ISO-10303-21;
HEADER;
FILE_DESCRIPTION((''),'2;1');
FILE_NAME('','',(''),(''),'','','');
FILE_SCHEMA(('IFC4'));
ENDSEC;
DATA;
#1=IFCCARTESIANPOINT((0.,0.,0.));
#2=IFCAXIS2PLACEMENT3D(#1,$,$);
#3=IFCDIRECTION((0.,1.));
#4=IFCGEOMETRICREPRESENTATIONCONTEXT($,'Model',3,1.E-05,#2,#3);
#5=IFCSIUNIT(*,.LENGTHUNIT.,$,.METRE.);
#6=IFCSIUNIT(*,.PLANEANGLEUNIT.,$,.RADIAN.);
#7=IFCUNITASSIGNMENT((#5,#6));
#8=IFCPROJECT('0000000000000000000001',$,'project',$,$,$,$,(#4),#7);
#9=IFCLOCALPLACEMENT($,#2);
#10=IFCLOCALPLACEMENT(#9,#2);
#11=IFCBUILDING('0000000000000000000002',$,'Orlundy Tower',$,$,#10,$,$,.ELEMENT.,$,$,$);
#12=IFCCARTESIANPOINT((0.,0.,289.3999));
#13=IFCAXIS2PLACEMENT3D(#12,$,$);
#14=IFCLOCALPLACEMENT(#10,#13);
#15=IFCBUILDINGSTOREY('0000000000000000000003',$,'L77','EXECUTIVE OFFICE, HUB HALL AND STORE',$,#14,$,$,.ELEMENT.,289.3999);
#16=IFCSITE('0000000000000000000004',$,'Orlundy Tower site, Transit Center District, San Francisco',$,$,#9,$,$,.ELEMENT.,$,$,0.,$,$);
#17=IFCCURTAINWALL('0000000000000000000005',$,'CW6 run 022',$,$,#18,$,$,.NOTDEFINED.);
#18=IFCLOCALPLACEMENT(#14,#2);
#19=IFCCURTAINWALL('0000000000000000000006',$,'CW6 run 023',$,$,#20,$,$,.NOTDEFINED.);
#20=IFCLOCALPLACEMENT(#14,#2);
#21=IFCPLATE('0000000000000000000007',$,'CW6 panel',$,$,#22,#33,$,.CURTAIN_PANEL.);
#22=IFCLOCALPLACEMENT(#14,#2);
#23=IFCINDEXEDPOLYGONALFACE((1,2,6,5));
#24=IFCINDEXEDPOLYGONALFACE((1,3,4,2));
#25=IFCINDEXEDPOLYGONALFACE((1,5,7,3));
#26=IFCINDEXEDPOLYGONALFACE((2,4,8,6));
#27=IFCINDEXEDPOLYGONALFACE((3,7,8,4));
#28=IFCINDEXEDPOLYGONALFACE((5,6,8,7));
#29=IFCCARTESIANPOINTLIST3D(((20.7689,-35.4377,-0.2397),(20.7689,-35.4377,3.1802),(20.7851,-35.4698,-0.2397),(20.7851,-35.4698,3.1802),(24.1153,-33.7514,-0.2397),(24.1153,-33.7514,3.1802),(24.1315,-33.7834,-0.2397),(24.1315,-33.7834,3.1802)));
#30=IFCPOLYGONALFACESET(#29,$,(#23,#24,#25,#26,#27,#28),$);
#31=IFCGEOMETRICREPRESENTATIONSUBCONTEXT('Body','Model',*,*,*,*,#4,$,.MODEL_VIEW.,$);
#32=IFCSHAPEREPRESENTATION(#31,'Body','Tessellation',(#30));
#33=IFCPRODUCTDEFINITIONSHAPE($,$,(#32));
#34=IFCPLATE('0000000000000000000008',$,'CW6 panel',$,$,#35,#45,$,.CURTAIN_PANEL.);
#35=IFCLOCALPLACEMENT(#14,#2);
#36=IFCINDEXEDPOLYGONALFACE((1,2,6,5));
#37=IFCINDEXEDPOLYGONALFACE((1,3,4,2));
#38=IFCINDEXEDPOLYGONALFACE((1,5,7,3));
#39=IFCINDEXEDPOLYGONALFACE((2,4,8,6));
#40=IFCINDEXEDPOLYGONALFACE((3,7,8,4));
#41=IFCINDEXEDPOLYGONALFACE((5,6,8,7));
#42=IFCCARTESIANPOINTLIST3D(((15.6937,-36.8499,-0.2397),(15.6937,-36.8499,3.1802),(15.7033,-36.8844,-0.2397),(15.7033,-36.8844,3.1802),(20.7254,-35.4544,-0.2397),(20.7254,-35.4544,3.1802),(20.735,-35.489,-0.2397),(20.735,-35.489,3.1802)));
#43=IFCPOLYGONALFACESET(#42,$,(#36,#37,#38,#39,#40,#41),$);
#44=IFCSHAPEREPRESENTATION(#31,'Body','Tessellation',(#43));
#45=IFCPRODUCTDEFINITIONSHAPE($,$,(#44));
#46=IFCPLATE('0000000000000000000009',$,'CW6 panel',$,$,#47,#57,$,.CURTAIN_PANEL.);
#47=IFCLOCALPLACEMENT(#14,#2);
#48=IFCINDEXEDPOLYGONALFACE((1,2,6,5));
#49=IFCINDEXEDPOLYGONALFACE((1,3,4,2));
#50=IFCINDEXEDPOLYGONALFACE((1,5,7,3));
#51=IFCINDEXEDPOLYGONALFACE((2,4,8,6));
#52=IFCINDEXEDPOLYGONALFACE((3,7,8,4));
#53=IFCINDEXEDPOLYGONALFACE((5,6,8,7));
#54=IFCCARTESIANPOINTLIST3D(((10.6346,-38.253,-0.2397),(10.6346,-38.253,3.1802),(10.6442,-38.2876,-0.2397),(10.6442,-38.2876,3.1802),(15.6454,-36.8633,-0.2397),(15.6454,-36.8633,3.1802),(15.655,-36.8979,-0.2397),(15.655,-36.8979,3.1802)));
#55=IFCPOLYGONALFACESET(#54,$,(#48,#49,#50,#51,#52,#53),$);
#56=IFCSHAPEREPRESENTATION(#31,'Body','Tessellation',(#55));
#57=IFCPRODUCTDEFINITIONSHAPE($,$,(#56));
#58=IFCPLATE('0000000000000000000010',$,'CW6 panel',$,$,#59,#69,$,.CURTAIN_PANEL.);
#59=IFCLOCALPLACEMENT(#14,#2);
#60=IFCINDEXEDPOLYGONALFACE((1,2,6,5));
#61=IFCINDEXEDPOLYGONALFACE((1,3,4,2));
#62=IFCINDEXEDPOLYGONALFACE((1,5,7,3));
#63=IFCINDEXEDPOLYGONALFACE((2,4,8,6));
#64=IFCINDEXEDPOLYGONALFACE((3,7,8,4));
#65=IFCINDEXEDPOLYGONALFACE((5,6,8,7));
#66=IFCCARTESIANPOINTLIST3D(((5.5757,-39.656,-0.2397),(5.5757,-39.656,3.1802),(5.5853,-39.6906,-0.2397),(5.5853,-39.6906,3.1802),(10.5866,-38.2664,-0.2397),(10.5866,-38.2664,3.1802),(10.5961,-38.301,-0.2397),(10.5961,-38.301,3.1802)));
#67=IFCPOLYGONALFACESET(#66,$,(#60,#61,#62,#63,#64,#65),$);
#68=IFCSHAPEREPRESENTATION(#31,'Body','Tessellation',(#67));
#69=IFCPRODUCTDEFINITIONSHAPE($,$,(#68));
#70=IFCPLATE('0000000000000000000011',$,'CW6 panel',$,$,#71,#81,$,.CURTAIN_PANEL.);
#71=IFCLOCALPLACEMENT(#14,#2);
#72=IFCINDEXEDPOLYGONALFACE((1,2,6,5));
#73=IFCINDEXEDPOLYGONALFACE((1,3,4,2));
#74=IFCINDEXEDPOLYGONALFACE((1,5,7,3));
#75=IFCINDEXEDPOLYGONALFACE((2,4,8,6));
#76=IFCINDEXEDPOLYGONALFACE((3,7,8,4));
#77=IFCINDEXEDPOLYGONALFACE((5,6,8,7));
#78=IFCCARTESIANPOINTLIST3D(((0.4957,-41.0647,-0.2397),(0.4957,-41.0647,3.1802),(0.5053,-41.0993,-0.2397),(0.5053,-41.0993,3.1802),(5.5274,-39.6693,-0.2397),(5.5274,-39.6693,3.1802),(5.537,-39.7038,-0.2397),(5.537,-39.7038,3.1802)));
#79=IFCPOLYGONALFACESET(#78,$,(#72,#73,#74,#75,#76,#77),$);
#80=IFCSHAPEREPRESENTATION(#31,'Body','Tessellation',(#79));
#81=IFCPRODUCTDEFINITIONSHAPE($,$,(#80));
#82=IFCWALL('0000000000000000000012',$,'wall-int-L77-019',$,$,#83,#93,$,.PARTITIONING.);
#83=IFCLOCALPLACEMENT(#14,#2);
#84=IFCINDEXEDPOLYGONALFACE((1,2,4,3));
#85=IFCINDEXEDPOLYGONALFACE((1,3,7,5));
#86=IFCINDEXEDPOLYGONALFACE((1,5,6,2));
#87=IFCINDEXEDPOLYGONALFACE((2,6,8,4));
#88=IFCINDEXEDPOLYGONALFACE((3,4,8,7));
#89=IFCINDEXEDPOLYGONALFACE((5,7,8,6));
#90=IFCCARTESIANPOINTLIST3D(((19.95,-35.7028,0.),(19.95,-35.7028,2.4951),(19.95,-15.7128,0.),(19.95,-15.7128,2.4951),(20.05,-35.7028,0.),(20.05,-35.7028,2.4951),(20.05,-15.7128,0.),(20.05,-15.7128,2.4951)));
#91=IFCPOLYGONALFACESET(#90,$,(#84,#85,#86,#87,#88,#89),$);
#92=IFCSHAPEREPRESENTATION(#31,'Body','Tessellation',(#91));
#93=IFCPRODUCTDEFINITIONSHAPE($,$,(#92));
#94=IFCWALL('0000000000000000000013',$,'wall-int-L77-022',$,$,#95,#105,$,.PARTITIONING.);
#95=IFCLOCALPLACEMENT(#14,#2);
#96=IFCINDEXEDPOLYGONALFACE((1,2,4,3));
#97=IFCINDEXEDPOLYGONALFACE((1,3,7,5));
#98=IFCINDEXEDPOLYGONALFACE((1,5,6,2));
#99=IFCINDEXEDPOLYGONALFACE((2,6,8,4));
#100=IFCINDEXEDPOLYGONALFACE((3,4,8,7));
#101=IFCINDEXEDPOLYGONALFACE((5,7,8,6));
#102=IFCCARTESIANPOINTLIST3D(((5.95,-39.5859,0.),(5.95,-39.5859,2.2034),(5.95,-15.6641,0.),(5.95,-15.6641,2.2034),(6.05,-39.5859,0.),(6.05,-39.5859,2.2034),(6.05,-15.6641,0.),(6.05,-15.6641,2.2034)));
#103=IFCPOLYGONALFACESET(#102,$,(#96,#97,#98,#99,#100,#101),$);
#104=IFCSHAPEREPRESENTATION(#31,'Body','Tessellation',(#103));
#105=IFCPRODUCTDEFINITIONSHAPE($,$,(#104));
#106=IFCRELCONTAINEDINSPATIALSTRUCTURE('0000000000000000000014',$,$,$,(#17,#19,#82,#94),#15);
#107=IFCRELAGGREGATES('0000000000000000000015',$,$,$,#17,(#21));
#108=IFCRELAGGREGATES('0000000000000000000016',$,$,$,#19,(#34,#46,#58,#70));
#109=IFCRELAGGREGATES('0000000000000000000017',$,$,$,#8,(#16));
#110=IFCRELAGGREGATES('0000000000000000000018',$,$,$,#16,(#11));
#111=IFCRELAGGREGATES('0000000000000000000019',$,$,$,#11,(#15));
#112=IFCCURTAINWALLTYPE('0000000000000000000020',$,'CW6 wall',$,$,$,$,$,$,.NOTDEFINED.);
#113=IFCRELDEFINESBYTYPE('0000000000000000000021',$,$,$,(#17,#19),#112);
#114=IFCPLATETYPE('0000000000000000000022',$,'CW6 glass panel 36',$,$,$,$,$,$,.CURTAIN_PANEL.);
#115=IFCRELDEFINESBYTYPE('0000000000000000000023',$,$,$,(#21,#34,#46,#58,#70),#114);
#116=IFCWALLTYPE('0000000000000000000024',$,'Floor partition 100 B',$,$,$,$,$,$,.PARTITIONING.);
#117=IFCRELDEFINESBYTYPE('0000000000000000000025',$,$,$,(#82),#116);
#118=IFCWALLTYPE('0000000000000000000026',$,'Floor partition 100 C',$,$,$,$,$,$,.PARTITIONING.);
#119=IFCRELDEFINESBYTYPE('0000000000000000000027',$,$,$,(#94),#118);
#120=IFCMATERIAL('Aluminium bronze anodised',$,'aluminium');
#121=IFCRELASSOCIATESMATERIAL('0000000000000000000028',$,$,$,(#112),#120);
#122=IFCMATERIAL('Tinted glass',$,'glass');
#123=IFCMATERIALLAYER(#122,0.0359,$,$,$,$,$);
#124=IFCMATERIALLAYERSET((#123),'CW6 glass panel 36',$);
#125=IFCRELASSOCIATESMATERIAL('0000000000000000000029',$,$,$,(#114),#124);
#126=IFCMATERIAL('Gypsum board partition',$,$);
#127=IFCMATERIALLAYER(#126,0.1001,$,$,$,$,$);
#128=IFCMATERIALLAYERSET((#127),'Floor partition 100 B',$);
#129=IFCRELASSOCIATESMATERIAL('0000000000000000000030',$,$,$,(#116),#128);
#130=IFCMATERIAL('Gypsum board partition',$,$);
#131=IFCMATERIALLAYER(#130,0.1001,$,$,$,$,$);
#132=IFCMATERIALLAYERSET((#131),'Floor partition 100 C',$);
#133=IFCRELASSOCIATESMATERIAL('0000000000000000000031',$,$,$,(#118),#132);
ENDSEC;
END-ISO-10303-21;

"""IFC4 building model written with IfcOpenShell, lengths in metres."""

from ifc_helpers import new_model, si_unit, direction, frame, frame_2d, origin, origin_2d, place, context, subcontext, project, spatial, rectangle, extrude, material, layer, layer_set, type_object, element, aggregate, save


model = new_model("IFC4")

# Units and contexts
model_context = context("Model", 3, precision=1e-05, world=origin(), true_north=direction((0.0, 1.0)))
body_context = subcontext(model_context, "Body", "Model", "MODEL_VIEW")
ifc_project = project(units=[si_unit("LENGTHUNIT", "METRE"), si_unit("PLANEANGLEUNIT", "RADIAN")], contexts=[model_context])

# Site, building, storey
site_placement = place(None, origin())
site = spatial("IfcSite", under=ifc_project, at=site_placement, Name="Orlundy Tower site, Transit Center District, San Francisco", CompositionType="ELEMENT", RefElevation=0.0)
building_placement = place(site_placement, origin())
building = spatial("IfcBuilding", under=site, at=building_placement, Name="Orlundy Tower", CompositionType="ELEMENT")
storey_placement = place(building_placement, frame((0.0, 0.0, 289.3999)))
storey = spatial("IfcBuildingStorey", under=building, at=storey_placement, Name="L77", Description="EXECUTIVE OFFICE, HUB HALL AND STORE", CompositionType="ELEMENT", Elevation=289.3999)

# Curtain wall
ifc_material_1 = material(Name="Aluminium bronze anodised", Category="aluminium")
curtain_wall_type = type_object("IfcCurtainWallType", Name="CW6 wall", PredefinedType="NOTDEFINED", material=ifc_material_1)
curtain_wall_1_placement = place(storey_placement, origin())
curtain_wall_1 = element("IfcCurtainWall", 1, at=curtain_wall_1_placement, inside=storey, type_object=curtain_wall_type, Name="CW6 run 022", PredefinedType="NOTDEFINED")

# Curtain wall
curtain_wall_2_placement = place(storey_placement, origin())
curtain_wall_2 = element("IfcCurtainWall", 2, at=curtain_wall_2_placement, inside=storey, type_object=curtain_wall_type, Name="CW6 run 023", PredefinedType="NOTDEFINED")

# Shared definitions
ifc_material_2 = material(Name="Tinted glass", Category="glass")
ifc_layer_1 = layer(ifc_material_2, 0.0359)
ifc_layer_set_1 = layer_set([ifc_layer_1], Name="CW6 glass panel 36")
plate_type = type_object("IfcPlateType", Name="CW6 glass panel 36", PredefinedType="CURTAIN_PANEL", material=ifc_layer_set_1)

# Plates
plate_1_placement = place(storey_placement, frame((22.4502, -34.6106, -0.2397), z_axis=(0.0, 0.0, 1.0), x_axis=(-0.89302, -0.450017, 0.0)))
plate_1 = element("IfcPlate", 3, at=plate_1_placement, type_object=plate_type, Name="CW6 panel", PredefinedType="CURTAIN_PANEL", context=body_context, shape_type="SweptSolid", body=[
    extrude(rectangle(XDim=3.7473, YDim=0.0359, at=origin_2d()), origin(), (0.0, 0.0, 1.0), 3.4199),
])
aggregate(curtain_wall_1, [plate_1])
plate_2_placement = place(storey_placement, frame((18.2144, -36.1694, -0.2397), z_axis=(0.0, 0.0, 1.0), x_axis=(-0.96363, -0.267241, 0.0)))
plate_2 = element("IfcPlate", 4, at=plate_2_placement, type_object=plate_type, Name="CW6 panel", PredefinedType="CURTAIN_PANEL", context=body_context, shape_type="SweptSolid", body=[
    extrude(rectangle(XDim=5.2217, YDim=0.0359, at=origin_2d()), origin(), (0.0, 0.0, 1.0), 3.4199),
])
plate_3_placement = place(storey_placement, frame((13.1448, -37.5754, -0.2397), z_axis=(0.0, 0.0, 1.0), x_axis=(-0.96363, -0.267241, 0.0)))
plate_3 = element("IfcPlate", 5, at=plate_3_placement, type_object=plate_type, Name="CW6 panel", PredefinedType="CURTAIN_PANEL", context=body_context, shape_type="SweptSolid", body=[
    extrude(rectangle(XDim=5.2, YDim=0.0359, at=origin_2d()), origin(), (0.0, 0.0, 1.0), 3.4199),
])
plate_4_placement = place(storey_placement, frame((8.0859, -38.9785, -0.2397), z_axis=(0.0, 0.0, 1.0), x_axis=(-0.96363, -0.267241, 0.0)))
plate_4 = element("IfcPlate", 6, at=plate_4_placement, type_object=plate_type, Name="CW6 panel", PredefinedType="CURTAIN_PANEL", context=body_context, shape_type="SweptSolid", body=[
    extrude(rectangle(XDim=5.2, YDim=0.0359, at=origin_2d()), origin(), (0.0, 0.0, 1.0), 3.4199),
])
plate_5_placement = place(storey_placement, frame((3.0164, -40.3843, -0.2397), z_axis=(0.0, 0.0, 1.0), x_axis=(-0.96363, -0.267241, 0.0)))
plate_5 = element("IfcPlate", 7, at=plate_5_placement, type_object=plate_type, Name="CW6 panel", PredefinedType="CURTAIN_PANEL", context=body_context, shape_type="SweptSolid", body=[
    extrude(rectangle(XDim=5.2217, YDim=0.0359, at=origin_2d()), origin(), (0.0, 0.0, 1.0), 3.4199),
])
aggregate(curtain_wall_2, [plate_2, plate_3, plate_4, plate_5])

# Walls
ifc_material_3 = material(Name="Gypsum board partition")
ifc_layer_2 = layer(ifc_material_3, 0.1001)
ifc_layer_set_2 = layer_set([ifc_layer_2], Name="Floor partition 100 B")
wall_type_1 = type_object("IfcWallType", Name="Floor partition 100 B", PredefinedType="PARTITIONING", material=ifc_layer_set_2)
wall_1_placement = place(storey_placement, frame((20.0, -35.7029, 0.0), z_axis=(0.0, 0.0, 1.0), x_axis=(0.0, 1.0, 0.0)))
element("IfcWall", 8, at=wall_1_placement, inside=storey, type_object=wall_type_1, Name="wall-int-L77-019", PredefinedType="PARTITIONING", context=body_context, shape_type="SweptSolid", body=[
    extrude(rectangle(XDim=19.99, YDim=0.1001, at=frame_2d((9.9951, 0.0))), origin(), (0.0, 0.0, 1.0), 2.4951),
])
ifc_material_4 = material(Name="Gypsum board partition")
ifc_layer_3 = layer(ifc_material_4, 0.1001)
ifc_layer_set_3 = layer_set([ifc_layer_3], Name="Floor partition 100 C")
wall_type_2 = type_object("IfcWallType", Name="Floor partition 100 C", PredefinedType="PARTITIONING", material=ifc_layer_set_3)
wall_2_placement = place(storey_placement, frame((6.0, -39.5859, 0.0), z_axis=(0.0, 0.0, 1.0), x_axis=(0.0, 1.0, 0.0)))
element("IfcWall", 9, at=wall_2_placement, inside=storey, type_object=wall_type_2, Name="wall-int-L77-022", PredefinedType="PARTITIONING", context=body_context, shape_type="SweptSolid", body=[
    extrude(rectangle(XDim=23.9219, YDim=0.1001, at=frame_2d((11.9609, 0.0))), origin(), (0.0, 0.0, 1.0), 2.2034),
])

save(model, "model.ifc")
